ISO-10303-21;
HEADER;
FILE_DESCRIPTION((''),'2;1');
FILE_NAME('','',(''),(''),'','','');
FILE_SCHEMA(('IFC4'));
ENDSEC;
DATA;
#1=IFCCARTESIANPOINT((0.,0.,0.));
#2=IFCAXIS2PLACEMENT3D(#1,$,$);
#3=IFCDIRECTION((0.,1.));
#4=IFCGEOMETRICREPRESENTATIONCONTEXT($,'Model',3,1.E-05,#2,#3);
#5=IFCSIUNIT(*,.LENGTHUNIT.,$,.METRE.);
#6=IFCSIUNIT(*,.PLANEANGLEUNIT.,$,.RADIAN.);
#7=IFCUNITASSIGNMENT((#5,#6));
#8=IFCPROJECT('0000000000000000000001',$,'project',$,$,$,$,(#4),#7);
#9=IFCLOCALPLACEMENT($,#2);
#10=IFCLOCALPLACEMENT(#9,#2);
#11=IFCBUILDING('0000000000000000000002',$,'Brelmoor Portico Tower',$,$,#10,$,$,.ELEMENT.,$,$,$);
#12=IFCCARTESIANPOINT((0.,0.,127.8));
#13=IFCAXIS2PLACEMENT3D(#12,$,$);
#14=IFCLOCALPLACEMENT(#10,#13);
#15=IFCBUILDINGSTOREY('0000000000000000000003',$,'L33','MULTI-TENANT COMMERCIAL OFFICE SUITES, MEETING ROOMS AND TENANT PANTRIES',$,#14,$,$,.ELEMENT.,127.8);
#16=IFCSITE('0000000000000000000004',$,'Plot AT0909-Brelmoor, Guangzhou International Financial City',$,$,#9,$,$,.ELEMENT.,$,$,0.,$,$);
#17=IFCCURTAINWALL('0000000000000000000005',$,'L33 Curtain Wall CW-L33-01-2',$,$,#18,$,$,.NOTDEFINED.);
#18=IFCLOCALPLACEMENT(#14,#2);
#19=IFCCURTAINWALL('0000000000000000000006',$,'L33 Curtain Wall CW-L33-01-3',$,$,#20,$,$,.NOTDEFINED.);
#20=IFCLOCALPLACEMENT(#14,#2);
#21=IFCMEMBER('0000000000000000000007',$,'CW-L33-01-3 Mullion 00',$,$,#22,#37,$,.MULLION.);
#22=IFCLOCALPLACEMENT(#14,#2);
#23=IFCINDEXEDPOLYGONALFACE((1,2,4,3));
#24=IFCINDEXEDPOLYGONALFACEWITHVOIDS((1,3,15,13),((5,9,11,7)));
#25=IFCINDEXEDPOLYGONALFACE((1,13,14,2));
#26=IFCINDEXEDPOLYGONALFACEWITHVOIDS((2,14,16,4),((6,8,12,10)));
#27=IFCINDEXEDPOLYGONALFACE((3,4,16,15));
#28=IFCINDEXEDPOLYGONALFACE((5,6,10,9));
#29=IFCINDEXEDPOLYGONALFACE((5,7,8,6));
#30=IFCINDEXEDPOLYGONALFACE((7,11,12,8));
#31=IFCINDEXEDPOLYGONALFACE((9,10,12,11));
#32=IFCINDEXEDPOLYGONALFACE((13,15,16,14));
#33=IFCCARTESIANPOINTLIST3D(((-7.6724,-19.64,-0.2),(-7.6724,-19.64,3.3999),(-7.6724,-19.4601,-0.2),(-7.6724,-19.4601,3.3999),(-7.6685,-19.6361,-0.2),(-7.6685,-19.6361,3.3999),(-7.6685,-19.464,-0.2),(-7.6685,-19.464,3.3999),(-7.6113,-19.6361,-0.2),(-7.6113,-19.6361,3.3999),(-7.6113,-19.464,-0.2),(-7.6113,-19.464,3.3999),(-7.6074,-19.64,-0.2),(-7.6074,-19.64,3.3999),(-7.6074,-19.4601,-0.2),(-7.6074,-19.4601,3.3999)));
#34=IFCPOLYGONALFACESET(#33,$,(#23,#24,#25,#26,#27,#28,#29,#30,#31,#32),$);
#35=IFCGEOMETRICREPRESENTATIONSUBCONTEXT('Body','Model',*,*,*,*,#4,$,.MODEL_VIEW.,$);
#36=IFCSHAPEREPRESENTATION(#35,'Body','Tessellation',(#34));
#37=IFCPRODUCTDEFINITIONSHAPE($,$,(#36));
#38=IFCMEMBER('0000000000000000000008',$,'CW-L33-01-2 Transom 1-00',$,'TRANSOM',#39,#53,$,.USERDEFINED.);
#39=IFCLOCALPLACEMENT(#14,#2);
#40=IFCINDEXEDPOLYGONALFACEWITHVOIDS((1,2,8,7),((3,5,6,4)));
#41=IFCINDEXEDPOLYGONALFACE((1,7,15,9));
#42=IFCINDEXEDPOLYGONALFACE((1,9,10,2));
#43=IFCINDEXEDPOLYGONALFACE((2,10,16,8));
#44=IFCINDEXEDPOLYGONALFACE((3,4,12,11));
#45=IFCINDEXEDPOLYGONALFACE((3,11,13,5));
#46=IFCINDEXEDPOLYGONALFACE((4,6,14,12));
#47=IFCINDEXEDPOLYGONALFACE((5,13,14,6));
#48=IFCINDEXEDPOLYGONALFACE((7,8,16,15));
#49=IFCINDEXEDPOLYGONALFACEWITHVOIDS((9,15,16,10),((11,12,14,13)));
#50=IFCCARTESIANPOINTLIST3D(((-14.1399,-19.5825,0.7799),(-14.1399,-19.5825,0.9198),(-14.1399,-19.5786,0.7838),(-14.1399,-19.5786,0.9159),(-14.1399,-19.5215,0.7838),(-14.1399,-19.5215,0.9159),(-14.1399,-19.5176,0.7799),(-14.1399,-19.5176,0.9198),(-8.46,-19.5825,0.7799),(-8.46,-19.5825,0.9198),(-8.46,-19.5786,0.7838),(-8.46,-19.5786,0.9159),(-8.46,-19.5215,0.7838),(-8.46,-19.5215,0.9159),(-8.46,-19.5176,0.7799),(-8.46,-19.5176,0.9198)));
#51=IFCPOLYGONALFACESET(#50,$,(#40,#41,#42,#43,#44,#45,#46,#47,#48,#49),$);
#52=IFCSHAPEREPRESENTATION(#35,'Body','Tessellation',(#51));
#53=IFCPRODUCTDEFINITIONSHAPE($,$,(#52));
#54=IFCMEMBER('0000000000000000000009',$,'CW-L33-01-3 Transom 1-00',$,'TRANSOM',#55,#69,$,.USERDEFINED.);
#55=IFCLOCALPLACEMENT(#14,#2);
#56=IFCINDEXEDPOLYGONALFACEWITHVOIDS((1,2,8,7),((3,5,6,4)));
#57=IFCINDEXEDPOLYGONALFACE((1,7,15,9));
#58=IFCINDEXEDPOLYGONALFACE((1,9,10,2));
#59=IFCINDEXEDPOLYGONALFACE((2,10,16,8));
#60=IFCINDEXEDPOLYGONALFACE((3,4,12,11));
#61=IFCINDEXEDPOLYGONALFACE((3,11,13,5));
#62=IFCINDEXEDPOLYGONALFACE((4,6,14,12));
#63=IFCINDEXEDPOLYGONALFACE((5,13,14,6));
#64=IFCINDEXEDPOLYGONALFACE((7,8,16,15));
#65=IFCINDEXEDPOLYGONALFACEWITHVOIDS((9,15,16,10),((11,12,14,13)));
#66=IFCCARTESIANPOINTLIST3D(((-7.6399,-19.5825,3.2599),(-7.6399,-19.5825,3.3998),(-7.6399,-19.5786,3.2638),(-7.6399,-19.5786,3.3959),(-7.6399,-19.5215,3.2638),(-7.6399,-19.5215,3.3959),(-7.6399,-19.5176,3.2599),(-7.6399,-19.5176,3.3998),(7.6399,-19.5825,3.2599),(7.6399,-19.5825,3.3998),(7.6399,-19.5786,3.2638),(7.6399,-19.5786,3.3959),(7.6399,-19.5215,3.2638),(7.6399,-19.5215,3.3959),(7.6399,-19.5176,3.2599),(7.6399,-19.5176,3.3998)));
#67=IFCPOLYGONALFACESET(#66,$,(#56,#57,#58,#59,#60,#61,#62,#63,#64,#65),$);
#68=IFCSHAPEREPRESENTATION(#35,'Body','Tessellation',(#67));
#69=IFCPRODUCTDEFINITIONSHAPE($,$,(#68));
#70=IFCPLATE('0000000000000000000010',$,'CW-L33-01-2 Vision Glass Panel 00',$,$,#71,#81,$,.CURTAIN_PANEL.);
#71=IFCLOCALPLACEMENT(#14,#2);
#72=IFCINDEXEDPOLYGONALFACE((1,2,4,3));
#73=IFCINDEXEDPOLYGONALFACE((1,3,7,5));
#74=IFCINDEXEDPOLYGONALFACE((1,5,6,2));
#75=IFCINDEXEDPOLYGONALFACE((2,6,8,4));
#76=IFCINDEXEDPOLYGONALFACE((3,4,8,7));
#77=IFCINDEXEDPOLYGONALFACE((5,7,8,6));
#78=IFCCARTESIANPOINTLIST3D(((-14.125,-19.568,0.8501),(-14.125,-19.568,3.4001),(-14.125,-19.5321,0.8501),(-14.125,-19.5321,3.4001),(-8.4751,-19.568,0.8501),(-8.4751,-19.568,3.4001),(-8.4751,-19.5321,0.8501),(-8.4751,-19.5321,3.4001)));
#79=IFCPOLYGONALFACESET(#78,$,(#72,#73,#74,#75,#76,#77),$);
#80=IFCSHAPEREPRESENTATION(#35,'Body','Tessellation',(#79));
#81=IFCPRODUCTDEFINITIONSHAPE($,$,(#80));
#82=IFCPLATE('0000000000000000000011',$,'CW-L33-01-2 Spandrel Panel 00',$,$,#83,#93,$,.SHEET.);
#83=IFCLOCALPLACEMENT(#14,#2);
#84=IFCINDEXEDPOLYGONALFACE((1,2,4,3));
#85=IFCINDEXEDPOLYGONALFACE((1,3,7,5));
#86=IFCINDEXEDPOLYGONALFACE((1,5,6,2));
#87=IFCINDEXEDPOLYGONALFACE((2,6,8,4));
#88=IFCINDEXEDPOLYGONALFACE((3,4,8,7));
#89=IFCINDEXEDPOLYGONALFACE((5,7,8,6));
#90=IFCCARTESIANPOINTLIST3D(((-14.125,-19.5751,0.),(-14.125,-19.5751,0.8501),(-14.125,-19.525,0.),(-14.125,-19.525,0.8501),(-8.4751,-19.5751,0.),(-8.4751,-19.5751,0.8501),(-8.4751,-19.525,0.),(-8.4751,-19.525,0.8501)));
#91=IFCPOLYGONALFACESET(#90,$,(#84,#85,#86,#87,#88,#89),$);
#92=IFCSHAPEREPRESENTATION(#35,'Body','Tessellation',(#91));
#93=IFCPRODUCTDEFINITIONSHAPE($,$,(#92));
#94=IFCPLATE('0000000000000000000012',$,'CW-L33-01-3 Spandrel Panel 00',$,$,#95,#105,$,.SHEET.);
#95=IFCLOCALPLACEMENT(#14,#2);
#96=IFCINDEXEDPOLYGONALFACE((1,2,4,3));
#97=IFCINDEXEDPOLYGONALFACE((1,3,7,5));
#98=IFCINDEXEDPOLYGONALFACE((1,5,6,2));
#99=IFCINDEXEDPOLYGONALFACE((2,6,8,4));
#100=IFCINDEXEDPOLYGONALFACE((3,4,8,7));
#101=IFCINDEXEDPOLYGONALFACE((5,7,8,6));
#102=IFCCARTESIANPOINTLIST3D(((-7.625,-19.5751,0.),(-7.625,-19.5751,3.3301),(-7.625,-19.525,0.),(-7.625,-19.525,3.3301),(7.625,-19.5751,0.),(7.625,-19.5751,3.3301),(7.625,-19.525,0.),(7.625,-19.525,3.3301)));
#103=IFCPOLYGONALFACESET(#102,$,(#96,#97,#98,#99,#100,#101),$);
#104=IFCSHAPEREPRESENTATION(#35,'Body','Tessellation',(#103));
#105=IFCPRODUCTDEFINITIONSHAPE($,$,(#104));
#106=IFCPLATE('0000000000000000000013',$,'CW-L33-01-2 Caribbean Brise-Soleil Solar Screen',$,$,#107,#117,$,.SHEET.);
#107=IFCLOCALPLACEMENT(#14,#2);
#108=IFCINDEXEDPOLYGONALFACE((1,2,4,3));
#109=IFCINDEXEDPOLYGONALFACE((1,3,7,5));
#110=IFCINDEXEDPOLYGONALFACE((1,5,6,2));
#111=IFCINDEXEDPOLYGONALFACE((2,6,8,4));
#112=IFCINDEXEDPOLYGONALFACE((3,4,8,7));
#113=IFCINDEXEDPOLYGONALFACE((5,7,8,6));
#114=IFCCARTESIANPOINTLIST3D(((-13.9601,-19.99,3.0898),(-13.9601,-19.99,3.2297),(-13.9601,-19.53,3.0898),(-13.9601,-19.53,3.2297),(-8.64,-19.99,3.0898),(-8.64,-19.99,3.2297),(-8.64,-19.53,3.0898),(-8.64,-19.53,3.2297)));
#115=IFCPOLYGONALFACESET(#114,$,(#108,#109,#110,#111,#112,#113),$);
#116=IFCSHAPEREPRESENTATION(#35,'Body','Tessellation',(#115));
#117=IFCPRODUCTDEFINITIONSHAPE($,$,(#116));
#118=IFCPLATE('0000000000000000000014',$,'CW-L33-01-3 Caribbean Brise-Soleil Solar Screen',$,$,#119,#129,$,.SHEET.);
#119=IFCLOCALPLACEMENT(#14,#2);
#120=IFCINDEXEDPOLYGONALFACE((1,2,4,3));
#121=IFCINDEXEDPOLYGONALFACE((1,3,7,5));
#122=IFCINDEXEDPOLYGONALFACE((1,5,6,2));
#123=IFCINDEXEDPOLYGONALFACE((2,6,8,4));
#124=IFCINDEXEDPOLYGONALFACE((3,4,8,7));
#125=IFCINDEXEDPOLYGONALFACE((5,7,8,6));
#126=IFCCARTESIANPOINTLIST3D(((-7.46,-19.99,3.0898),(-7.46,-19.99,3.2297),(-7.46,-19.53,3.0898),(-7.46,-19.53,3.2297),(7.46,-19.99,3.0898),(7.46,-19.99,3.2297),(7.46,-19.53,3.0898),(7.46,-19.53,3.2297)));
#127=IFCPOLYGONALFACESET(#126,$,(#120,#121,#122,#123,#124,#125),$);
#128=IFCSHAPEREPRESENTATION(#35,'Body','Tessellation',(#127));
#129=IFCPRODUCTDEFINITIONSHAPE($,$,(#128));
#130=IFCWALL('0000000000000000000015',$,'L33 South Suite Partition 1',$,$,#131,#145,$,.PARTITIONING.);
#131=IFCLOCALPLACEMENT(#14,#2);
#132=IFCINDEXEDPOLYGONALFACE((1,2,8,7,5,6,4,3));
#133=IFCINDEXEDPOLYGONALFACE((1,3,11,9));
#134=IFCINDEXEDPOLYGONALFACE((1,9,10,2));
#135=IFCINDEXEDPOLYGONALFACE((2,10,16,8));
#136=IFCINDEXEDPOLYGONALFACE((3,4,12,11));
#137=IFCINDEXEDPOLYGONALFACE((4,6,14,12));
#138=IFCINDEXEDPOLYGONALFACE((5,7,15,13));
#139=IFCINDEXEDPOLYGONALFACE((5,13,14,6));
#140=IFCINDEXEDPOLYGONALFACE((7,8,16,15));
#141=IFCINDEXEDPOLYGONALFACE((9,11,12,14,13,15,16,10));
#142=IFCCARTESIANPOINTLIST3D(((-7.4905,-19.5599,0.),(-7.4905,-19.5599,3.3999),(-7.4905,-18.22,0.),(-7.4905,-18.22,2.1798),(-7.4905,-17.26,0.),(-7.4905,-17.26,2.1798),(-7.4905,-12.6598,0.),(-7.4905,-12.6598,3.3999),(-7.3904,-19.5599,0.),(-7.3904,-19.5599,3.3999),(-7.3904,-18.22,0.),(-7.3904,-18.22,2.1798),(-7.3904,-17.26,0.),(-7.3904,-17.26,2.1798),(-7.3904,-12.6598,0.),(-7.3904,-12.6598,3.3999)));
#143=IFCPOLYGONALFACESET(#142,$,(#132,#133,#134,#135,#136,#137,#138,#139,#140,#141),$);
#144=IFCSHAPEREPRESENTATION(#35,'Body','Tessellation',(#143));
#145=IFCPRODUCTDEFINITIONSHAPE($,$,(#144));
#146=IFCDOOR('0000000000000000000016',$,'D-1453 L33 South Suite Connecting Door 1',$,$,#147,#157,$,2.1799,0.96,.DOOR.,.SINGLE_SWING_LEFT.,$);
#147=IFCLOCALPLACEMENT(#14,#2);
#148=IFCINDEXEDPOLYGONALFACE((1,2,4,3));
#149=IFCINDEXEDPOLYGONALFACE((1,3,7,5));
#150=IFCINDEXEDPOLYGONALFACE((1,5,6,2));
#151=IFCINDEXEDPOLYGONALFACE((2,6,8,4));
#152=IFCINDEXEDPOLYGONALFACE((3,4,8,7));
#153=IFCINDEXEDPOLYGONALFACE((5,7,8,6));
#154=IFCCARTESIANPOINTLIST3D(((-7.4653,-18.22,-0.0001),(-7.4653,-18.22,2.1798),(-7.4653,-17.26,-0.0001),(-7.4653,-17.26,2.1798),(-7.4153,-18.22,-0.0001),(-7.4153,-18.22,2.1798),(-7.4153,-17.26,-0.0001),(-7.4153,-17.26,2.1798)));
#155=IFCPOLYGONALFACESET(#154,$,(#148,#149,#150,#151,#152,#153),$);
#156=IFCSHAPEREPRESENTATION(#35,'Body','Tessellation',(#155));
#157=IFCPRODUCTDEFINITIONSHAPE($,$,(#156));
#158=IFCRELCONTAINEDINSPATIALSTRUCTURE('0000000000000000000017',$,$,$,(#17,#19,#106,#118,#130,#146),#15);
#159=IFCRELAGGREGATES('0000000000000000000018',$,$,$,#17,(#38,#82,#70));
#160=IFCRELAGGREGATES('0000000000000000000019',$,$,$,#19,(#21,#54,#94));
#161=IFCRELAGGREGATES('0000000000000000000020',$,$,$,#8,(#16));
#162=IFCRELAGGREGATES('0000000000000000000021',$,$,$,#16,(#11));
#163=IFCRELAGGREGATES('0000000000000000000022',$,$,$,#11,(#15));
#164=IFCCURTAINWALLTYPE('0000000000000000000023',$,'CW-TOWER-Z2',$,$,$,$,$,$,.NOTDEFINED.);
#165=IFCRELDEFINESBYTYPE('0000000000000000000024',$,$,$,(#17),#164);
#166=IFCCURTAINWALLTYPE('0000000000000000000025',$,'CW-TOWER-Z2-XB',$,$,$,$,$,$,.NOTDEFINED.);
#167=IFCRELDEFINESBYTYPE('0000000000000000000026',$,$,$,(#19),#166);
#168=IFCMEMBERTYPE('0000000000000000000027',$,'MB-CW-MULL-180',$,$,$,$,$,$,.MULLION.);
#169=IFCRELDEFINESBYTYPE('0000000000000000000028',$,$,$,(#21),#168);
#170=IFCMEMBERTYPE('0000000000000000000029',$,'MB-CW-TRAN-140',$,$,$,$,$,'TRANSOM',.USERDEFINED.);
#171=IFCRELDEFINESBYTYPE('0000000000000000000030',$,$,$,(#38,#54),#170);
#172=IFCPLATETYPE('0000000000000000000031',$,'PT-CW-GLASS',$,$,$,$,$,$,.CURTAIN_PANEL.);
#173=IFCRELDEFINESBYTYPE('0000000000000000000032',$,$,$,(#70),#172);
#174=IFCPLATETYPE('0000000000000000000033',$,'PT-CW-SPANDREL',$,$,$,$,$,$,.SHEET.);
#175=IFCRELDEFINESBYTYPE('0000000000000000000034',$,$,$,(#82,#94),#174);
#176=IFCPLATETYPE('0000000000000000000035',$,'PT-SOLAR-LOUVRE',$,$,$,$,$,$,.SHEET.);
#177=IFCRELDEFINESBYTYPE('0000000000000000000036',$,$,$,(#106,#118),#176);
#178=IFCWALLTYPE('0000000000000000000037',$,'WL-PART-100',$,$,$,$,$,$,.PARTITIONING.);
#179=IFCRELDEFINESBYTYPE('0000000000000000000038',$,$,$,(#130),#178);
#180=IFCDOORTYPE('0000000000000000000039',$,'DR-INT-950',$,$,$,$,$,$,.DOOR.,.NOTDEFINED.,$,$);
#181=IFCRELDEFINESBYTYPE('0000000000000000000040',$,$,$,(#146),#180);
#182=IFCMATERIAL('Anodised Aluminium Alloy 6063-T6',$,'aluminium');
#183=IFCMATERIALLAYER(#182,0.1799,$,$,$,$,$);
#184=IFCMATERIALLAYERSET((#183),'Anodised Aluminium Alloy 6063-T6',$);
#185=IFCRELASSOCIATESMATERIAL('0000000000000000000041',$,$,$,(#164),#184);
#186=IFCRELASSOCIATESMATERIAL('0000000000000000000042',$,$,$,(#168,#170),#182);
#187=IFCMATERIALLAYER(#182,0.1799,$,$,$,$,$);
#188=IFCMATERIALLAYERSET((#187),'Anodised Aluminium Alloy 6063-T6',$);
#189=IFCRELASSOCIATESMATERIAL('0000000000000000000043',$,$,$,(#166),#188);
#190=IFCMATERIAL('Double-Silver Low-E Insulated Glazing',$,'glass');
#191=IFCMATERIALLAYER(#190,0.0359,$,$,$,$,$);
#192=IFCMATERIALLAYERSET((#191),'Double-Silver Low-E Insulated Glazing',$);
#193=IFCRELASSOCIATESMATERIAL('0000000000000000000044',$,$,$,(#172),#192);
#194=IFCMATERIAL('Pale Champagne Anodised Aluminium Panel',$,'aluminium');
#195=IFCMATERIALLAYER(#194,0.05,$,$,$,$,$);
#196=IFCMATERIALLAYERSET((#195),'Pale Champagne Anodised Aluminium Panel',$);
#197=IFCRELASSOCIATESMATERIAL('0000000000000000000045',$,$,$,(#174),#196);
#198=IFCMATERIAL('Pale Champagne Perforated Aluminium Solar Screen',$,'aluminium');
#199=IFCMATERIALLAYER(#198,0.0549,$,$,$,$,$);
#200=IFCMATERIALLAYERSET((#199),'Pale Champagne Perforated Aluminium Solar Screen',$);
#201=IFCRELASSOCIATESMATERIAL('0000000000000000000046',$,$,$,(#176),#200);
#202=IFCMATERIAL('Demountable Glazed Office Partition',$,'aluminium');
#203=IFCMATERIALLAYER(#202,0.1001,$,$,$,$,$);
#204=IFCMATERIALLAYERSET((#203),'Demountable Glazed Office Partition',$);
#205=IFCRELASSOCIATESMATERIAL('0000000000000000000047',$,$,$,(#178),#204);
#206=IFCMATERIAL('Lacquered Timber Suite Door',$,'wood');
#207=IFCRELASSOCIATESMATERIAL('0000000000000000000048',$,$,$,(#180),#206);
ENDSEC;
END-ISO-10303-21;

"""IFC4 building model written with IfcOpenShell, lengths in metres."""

from ifc_helpers import new_model, si_unit, direction, frame, frame_2d, origin, origin_2d, place, context, subcontext, project, spatial, rectangle, hollow_rectangle, extrude, material, layer, layer_set, material_profile, profile_set, type_object, element, fill, aggregate, save


model = new_model("IFC4")

# Units and contexts
model_context = context("Model", 3, precision=1e-05, world=origin(), true_north=direction((0.0, 1.0)))
body_context = subcontext(model_context, "Body", "Model", "MODEL_VIEW")
ifc_project = project(units=[si_unit("LENGTHUNIT", "METRE"), si_unit("PLANEANGLEUNIT", "RADIAN")], contexts=[model_context])

# Site, building, storey
site_placement = place(None, origin())
site = spatial("IfcSite", under=ifc_project, at=site_placement, Name="Plot AT0909-Brelmoor, Guangzhou International Financial City", CompositionType="ELEMENT", RefElevation=0.0)
building_placement = place(site_placement, origin())
building = spatial("IfcBuilding", under=site, at=building_placement, Name="Brelmoor Portico Tower", CompositionType="ELEMENT")
storey_placement = place(building_placement, frame((0.0, 0.0, 127.8)))
storey = spatial("IfcBuildingStorey", under=building, at=storey_placement, Name="L33", Description="MULTI-TENANT COMMERCIAL OFFICE SUITES, MEETING ROOMS AND TENANT PANTRIES", CompositionType="ELEMENT", Elevation=127.8)

# Curtain wall
ifc_material_1 = material(Name="Anodised Aluminium Alloy 6063-T6", Category="aluminium")
ifc_layer_1 = layer(ifc_material_1, 0.1799)
ifc_layer_set_1 = layer_set([ifc_layer_1], Name="Anodised Aluminium Alloy 6063-T6")
curtain_wall_type_1 = type_object("IfcCurtainWallType", Name="CW-TOWER-Z2", PredefinedType="NOTDEFINED", material=ifc_layer_set_1)
curtain_wall_1_placement = place(storey_placement, origin())
curtain_wall_1 = element("IfcCurtainWall", 1, at=curtain_wall_1_placement, inside=storey, type_object=curtain_wall_type_1, Name="L33 Curtain Wall CW-L33-01-2", PredefinedType="NOTDEFINED")
ifc_material_profile_1 = material_profile(ifc_material_1, hollow_rectangle(XDim=0.0649, YDim=0.1799, WallThickness=0.0039, at=origin_2d()), Name="ALU MULLION 65x180")
ifc_profile_set_1 = profile_set([ifc_material_profile_1], Name="Anodised Aluminium Alloy 6063-T6")
member_type_1 = type_object("IfcMemberType", Name="MB-CW-MULL-180", PredefinedType="MULLION", material=ifc_profile_set_1)

# Curtain wall, member
ifc_layer_2 = layer(ifc_material_1, 0.1799)
ifc_layer_set_2 = layer_set([ifc_layer_2], Name="Anodised Aluminium Alloy 6063-T6")
curtain_wall_type_2 = type_object("IfcCurtainWallType", Name="CW-TOWER-Z2-XB", PredefinedType="NOTDEFINED", material=ifc_layer_set_2)
curtain_wall_2_placement = place(storey_placement, origin())
curtain_wall_2 = element("IfcCurtainWall", 2, at=curtain_wall_2_placement, inside=storey, type_object=curtain_wall_type_2, Name="L33 Curtain Wall CW-L33-01-3", PredefinedType="NOTDEFINED")
member_1_placement = place(storey_placement, frame((-7.6399, -19.55, -0.2), z_axis=(0.0, 0.0, 1.0), x_axis=(1.0, 0.0, 0.0)))
member_1 = element("IfcMember", 3, at=member_1_placement, type_object=member_type_1, Name="CW-L33-01-3 Mullion 00", PredefinedType="MULLION", context=body_context, shape_type="SweptSolid", body=[
    extrude(hollow_rectangle(XDim=0.0649, YDim=0.1799, WallThickness=0.0039, at=origin_2d()), origin(), (0.0, 0.0, 1.0), 3.5999),
])

# Members
ifc_material_profile_2 = material_profile(ifc_material_1, hollow_rectangle(XDim=0.0649, YDim=0.1399, WallThickness=0.0039, at=origin_2d()), Name="ALU TRANSOM 65x140")
ifc_profile_set_2 = profile_set([ifc_material_profile_2], Name="Anodised Aluminium Alloy 6063-T6")
member_type_2 = type_object("IfcMemberType", Name="MB-CW-TRAN-140", ElementType="TRANSOM", PredefinedType="USERDEFINED", material=ifc_profile_set_2)
member_2_placement = place(storey_placement, frame((-14.1399, -19.55, 0.8499), z_axis=(1.0, 0.0, 0.0), x_axis=(0.0, 1.0, 0.0)))
member_2 = element("IfcMember", 4, at=member_2_placement, type_object=member_type_2, Name="CW-L33-01-2 Transom 1-00", ObjectType="TRANSOM", PredefinedType="USERDEFINED", context=body_context, shape_type="SweptSolid", body=[
    extrude(hollow_rectangle(XDim=0.0649, YDim=0.1399, WallThickness=0.0039, at=origin_2d()), origin(), (0.0, 0.0, 1.0), 5.6799),
])
member_3_placement = place(storey_placement, frame((-7.6399, -19.55, 3.3298), z_axis=(1.0, 0.0, 0.0), x_axis=(0.0, 1.0, 0.0)))
member_3 = element("IfcMember", 5, at=member_3_placement, type_object=member_type_2, Name="CW-L33-01-3 Transom 1-00", ObjectType="TRANSOM", PredefinedType="USERDEFINED", context=body_context, shape_type="SweptSolid", body=[
    extrude(hollow_rectangle(XDim=0.0649, YDim=0.1399, WallThickness=0.0039, at=origin_2d()), origin(), (0.0, 0.0, 1.0), 15.2798),
])

# Plates
ifc_material_2 = material(Name="Double-Silver Low-E Insulated Glazing", Category="glass")
ifc_layer_3 = layer(ifc_material_2, 0.0359)
ifc_layer_set_3 = layer_set([ifc_layer_3], Name="Double-Silver Low-E Insulated Glazing")
plate_type_1 = type_object("IfcPlateType", Name="PT-CW-GLASS", PredefinedType="CURTAIN_PANEL", material=ifc_layer_set_3)
plate_1_placement = place(storey_placement, frame((-11.3, -19.55, 0.8501), z_axis=(0.0, 0.0, 1.0), x_axis=(1.0, 0.0, 0.0)))
plate_1 = element("IfcPlate", 6, at=plate_1_placement, type_object=plate_type_1, Name="CW-L33-01-2 Vision Glass Panel 00", PredefinedType="CURTAIN_PANEL", context=body_context, shape_type="SweptSolid", body=[
    extrude(rectangle(XDim=5.6499, YDim=0.0359, at=origin_2d()), origin(), (0.0, 0.0, 1.0), 2.55),
])
ifc_material_3 = material(Name="Pale Champagne Anodised Aluminium Panel", Category="aluminium")
ifc_layer_4 = layer(ifc_material_3, 0.05)
ifc_layer_set_4 = layer_set([ifc_layer_4], Name="Pale Champagne Anodised Aluminium Panel")
plate_type_2 = type_object("IfcPlateType", Name="PT-CW-SPANDREL", PredefinedType="SHEET", material=ifc_layer_set_4)
plate_2_placement = place(storey_placement, frame((-11.3, -19.55, 0.0), z_axis=(0.0, 0.0, 1.0), x_axis=(1.0, 0.0, 0.0)))
plate_2 = element("IfcPlate", 7, at=plate_2_placement, type_object=plate_type_2, Name="CW-L33-01-2 Spandrel Panel 00", PredefinedType="SHEET", context=body_context, shape_type="SweptSolid", body=[
    extrude(rectangle(XDim=5.6499, YDim=0.05, at=origin_2d()), origin(), (0.0, 0.0, 1.0), 0.8501),
])
aggregate(curtain_wall_1, [member_2, plate_2, plate_1])
plate_3_placement = place(storey_placement, frame((0.0, -19.55, 0.0), z_axis=(0.0, 0.0, 1.0), x_axis=(1.0, 0.0, 0.0)))
plate_3 = element("IfcPlate", 8, at=plate_3_placement, type_object=plate_type_2, Name="CW-L33-01-3 Spandrel Panel 00", PredefinedType="SHEET", context=body_context, shape_type="SweptSolid", body=[
    extrude(rectangle(XDim=15.25, YDim=0.05, at=origin_2d()), origin(), (0.0, 0.0, 1.0), 3.3301),
])
aggregate(curtain_wall_2, [member_1, member_3, plate_3])

# Plates
ifc_material_4 = material(Name="Pale Champagne Perforated Aluminium Solar Screen", Category="aluminium")
ifc_layer_5 = layer(ifc_material_4, 0.0549)
ifc_layer_set_5 = layer_set([ifc_layer_5], Name="Pale Champagne Perforated Aluminium Solar Screen")
plate_type_3 = type_object("IfcPlateType", Name="PT-SOLAR-LOUVRE", PredefinedType="SHEET", material=ifc_layer_set_5)
plate_4_placement = place(storey_placement, frame((-11.3, -19.76, 3.0898), z_axis=(0.0, 0.0, 1.0), x_axis=(1.0, 0.0, 0.0)))
element("IfcPlate", 9, at=plate_4_placement, inside=storey, type_object=plate_type_3, Name="CW-L33-01-2 Caribbean Brise-Soleil Solar Screen", PredefinedType="SHEET", context=body_context, shape_type="SweptSolid", body=[
    extrude(rectangle(XDim=5.3201, YDim=0.46, at=origin_2d()), origin(), (0.0, 0.0, 1.0), 0.1399),
])
plate_5_placement = place(storey_placement, frame((0.0, -19.76, 3.0898), z_axis=(0.0, 0.0, 1.0), x_axis=(1.0, 0.0, 0.0)))
element("IfcPlate", 10, at=plate_5_placement, inside=storey, type_object=plate_type_3, Name="CW-L33-01-3 Caribbean Brise-Soleil Solar Screen", PredefinedType="SHEET", context=body_context, shape_type="SweptSolid", body=[
    extrude(rectangle(XDim=14.9199, YDim=0.46, at=origin_2d()), origin(), (0.0, 0.0, 1.0), 0.1399),
])

# Wall, opening, door
ifc_material_5 = material(Name="Demountable Glazed Office Partition", Category="aluminium")
ifc_layer_6 = layer(ifc_material_5, 0.1001)
ifc_layer_set_6 = layer_set([ifc_layer_6], Name="Demountable Glazed Office Partition")
wall_type_1 = type_object("IfcWallType", Name="WL-PART-100", PredefinedType="PARTITIONING", material=ifc_layer_set_6)
wall_1_placement = place(storey_placement, frame((-7.4404, -19.5601, 0.0), z_axis=(0.0, 0.0, 1.0), x_axis=(0.0, 1.0, 0.0)))
wall_1 = element("IfcWall", 11, at=wall_1_placement, inside=storey, type_object=wall_type_1, Name="L33 South Suite Partition 1", PredefinedType="PARTITIONING", context=body_context, shape_type="SweptSolid", body=[
    extrude(rectangle(XDim=6.9001, YDim=0.1001, at=frame_2d((3.4502, 0.0))), origin(), (0.0, 0.0, 1.0), 3.3999),
])
opening_1_placement = place(wall_1_placement, frame((1.3401, 0.0, 0.0)))
opening_1 = element("IfcOpeningElement", 12, at=opening_1_placement, cuts=wall_1, PredefinedType="OPENING", context=body_context, shape_type="SweptSolid", body=[
    extrude(rectangle(XDim=0.96, YDim=2.1799, at=frame_2d((0.48, 1.0898))), frame((0.0, 0.0601, 0.0), z_axis=(0.0, -1.0, 0.0), x_axis=(1.0, 0.0, 0.0)), (0.0, 0.0, 1.0), 0.1201),
])
ifc_material_6 = material(Name="Lacquered Timber Suite Door", Category="wood")
door_type_1 = type_object("IfcDoorType", Name="DR-INT-950", OperationType="NOTDEFINED", PredefinedType="DOOR", material=ifc_material_6)
door_1_placement = place(opening_1_placement, origin())
door_1 = element("IfcDoor", 13, at=door_1_placement, inside=storey, type_object=door_type_1, Name="D-1453 L33 South Suite Connecting Door 1", OperationType="SINGLE_SWING_LEFT", OverallHeight=2.1799, OverallWidth=0.96, PredefinedType="DOOR", context=body_context, shape_type="SweptSolid", body=[
    extrude(rectangle(XDim=0.96, YDim=2.1799, at=frame_2d((0.48, 1.0898))), frame((0.0, 0.0249, 0.0), z_axis=(0.0, -1.0, 0.0), x_axis=(1.0, 0.0, 0.0)), (0.0, 0.0, 1.0), 0.05),
])
fill(opening_1, door_1)

save(model, "model.ifc")
